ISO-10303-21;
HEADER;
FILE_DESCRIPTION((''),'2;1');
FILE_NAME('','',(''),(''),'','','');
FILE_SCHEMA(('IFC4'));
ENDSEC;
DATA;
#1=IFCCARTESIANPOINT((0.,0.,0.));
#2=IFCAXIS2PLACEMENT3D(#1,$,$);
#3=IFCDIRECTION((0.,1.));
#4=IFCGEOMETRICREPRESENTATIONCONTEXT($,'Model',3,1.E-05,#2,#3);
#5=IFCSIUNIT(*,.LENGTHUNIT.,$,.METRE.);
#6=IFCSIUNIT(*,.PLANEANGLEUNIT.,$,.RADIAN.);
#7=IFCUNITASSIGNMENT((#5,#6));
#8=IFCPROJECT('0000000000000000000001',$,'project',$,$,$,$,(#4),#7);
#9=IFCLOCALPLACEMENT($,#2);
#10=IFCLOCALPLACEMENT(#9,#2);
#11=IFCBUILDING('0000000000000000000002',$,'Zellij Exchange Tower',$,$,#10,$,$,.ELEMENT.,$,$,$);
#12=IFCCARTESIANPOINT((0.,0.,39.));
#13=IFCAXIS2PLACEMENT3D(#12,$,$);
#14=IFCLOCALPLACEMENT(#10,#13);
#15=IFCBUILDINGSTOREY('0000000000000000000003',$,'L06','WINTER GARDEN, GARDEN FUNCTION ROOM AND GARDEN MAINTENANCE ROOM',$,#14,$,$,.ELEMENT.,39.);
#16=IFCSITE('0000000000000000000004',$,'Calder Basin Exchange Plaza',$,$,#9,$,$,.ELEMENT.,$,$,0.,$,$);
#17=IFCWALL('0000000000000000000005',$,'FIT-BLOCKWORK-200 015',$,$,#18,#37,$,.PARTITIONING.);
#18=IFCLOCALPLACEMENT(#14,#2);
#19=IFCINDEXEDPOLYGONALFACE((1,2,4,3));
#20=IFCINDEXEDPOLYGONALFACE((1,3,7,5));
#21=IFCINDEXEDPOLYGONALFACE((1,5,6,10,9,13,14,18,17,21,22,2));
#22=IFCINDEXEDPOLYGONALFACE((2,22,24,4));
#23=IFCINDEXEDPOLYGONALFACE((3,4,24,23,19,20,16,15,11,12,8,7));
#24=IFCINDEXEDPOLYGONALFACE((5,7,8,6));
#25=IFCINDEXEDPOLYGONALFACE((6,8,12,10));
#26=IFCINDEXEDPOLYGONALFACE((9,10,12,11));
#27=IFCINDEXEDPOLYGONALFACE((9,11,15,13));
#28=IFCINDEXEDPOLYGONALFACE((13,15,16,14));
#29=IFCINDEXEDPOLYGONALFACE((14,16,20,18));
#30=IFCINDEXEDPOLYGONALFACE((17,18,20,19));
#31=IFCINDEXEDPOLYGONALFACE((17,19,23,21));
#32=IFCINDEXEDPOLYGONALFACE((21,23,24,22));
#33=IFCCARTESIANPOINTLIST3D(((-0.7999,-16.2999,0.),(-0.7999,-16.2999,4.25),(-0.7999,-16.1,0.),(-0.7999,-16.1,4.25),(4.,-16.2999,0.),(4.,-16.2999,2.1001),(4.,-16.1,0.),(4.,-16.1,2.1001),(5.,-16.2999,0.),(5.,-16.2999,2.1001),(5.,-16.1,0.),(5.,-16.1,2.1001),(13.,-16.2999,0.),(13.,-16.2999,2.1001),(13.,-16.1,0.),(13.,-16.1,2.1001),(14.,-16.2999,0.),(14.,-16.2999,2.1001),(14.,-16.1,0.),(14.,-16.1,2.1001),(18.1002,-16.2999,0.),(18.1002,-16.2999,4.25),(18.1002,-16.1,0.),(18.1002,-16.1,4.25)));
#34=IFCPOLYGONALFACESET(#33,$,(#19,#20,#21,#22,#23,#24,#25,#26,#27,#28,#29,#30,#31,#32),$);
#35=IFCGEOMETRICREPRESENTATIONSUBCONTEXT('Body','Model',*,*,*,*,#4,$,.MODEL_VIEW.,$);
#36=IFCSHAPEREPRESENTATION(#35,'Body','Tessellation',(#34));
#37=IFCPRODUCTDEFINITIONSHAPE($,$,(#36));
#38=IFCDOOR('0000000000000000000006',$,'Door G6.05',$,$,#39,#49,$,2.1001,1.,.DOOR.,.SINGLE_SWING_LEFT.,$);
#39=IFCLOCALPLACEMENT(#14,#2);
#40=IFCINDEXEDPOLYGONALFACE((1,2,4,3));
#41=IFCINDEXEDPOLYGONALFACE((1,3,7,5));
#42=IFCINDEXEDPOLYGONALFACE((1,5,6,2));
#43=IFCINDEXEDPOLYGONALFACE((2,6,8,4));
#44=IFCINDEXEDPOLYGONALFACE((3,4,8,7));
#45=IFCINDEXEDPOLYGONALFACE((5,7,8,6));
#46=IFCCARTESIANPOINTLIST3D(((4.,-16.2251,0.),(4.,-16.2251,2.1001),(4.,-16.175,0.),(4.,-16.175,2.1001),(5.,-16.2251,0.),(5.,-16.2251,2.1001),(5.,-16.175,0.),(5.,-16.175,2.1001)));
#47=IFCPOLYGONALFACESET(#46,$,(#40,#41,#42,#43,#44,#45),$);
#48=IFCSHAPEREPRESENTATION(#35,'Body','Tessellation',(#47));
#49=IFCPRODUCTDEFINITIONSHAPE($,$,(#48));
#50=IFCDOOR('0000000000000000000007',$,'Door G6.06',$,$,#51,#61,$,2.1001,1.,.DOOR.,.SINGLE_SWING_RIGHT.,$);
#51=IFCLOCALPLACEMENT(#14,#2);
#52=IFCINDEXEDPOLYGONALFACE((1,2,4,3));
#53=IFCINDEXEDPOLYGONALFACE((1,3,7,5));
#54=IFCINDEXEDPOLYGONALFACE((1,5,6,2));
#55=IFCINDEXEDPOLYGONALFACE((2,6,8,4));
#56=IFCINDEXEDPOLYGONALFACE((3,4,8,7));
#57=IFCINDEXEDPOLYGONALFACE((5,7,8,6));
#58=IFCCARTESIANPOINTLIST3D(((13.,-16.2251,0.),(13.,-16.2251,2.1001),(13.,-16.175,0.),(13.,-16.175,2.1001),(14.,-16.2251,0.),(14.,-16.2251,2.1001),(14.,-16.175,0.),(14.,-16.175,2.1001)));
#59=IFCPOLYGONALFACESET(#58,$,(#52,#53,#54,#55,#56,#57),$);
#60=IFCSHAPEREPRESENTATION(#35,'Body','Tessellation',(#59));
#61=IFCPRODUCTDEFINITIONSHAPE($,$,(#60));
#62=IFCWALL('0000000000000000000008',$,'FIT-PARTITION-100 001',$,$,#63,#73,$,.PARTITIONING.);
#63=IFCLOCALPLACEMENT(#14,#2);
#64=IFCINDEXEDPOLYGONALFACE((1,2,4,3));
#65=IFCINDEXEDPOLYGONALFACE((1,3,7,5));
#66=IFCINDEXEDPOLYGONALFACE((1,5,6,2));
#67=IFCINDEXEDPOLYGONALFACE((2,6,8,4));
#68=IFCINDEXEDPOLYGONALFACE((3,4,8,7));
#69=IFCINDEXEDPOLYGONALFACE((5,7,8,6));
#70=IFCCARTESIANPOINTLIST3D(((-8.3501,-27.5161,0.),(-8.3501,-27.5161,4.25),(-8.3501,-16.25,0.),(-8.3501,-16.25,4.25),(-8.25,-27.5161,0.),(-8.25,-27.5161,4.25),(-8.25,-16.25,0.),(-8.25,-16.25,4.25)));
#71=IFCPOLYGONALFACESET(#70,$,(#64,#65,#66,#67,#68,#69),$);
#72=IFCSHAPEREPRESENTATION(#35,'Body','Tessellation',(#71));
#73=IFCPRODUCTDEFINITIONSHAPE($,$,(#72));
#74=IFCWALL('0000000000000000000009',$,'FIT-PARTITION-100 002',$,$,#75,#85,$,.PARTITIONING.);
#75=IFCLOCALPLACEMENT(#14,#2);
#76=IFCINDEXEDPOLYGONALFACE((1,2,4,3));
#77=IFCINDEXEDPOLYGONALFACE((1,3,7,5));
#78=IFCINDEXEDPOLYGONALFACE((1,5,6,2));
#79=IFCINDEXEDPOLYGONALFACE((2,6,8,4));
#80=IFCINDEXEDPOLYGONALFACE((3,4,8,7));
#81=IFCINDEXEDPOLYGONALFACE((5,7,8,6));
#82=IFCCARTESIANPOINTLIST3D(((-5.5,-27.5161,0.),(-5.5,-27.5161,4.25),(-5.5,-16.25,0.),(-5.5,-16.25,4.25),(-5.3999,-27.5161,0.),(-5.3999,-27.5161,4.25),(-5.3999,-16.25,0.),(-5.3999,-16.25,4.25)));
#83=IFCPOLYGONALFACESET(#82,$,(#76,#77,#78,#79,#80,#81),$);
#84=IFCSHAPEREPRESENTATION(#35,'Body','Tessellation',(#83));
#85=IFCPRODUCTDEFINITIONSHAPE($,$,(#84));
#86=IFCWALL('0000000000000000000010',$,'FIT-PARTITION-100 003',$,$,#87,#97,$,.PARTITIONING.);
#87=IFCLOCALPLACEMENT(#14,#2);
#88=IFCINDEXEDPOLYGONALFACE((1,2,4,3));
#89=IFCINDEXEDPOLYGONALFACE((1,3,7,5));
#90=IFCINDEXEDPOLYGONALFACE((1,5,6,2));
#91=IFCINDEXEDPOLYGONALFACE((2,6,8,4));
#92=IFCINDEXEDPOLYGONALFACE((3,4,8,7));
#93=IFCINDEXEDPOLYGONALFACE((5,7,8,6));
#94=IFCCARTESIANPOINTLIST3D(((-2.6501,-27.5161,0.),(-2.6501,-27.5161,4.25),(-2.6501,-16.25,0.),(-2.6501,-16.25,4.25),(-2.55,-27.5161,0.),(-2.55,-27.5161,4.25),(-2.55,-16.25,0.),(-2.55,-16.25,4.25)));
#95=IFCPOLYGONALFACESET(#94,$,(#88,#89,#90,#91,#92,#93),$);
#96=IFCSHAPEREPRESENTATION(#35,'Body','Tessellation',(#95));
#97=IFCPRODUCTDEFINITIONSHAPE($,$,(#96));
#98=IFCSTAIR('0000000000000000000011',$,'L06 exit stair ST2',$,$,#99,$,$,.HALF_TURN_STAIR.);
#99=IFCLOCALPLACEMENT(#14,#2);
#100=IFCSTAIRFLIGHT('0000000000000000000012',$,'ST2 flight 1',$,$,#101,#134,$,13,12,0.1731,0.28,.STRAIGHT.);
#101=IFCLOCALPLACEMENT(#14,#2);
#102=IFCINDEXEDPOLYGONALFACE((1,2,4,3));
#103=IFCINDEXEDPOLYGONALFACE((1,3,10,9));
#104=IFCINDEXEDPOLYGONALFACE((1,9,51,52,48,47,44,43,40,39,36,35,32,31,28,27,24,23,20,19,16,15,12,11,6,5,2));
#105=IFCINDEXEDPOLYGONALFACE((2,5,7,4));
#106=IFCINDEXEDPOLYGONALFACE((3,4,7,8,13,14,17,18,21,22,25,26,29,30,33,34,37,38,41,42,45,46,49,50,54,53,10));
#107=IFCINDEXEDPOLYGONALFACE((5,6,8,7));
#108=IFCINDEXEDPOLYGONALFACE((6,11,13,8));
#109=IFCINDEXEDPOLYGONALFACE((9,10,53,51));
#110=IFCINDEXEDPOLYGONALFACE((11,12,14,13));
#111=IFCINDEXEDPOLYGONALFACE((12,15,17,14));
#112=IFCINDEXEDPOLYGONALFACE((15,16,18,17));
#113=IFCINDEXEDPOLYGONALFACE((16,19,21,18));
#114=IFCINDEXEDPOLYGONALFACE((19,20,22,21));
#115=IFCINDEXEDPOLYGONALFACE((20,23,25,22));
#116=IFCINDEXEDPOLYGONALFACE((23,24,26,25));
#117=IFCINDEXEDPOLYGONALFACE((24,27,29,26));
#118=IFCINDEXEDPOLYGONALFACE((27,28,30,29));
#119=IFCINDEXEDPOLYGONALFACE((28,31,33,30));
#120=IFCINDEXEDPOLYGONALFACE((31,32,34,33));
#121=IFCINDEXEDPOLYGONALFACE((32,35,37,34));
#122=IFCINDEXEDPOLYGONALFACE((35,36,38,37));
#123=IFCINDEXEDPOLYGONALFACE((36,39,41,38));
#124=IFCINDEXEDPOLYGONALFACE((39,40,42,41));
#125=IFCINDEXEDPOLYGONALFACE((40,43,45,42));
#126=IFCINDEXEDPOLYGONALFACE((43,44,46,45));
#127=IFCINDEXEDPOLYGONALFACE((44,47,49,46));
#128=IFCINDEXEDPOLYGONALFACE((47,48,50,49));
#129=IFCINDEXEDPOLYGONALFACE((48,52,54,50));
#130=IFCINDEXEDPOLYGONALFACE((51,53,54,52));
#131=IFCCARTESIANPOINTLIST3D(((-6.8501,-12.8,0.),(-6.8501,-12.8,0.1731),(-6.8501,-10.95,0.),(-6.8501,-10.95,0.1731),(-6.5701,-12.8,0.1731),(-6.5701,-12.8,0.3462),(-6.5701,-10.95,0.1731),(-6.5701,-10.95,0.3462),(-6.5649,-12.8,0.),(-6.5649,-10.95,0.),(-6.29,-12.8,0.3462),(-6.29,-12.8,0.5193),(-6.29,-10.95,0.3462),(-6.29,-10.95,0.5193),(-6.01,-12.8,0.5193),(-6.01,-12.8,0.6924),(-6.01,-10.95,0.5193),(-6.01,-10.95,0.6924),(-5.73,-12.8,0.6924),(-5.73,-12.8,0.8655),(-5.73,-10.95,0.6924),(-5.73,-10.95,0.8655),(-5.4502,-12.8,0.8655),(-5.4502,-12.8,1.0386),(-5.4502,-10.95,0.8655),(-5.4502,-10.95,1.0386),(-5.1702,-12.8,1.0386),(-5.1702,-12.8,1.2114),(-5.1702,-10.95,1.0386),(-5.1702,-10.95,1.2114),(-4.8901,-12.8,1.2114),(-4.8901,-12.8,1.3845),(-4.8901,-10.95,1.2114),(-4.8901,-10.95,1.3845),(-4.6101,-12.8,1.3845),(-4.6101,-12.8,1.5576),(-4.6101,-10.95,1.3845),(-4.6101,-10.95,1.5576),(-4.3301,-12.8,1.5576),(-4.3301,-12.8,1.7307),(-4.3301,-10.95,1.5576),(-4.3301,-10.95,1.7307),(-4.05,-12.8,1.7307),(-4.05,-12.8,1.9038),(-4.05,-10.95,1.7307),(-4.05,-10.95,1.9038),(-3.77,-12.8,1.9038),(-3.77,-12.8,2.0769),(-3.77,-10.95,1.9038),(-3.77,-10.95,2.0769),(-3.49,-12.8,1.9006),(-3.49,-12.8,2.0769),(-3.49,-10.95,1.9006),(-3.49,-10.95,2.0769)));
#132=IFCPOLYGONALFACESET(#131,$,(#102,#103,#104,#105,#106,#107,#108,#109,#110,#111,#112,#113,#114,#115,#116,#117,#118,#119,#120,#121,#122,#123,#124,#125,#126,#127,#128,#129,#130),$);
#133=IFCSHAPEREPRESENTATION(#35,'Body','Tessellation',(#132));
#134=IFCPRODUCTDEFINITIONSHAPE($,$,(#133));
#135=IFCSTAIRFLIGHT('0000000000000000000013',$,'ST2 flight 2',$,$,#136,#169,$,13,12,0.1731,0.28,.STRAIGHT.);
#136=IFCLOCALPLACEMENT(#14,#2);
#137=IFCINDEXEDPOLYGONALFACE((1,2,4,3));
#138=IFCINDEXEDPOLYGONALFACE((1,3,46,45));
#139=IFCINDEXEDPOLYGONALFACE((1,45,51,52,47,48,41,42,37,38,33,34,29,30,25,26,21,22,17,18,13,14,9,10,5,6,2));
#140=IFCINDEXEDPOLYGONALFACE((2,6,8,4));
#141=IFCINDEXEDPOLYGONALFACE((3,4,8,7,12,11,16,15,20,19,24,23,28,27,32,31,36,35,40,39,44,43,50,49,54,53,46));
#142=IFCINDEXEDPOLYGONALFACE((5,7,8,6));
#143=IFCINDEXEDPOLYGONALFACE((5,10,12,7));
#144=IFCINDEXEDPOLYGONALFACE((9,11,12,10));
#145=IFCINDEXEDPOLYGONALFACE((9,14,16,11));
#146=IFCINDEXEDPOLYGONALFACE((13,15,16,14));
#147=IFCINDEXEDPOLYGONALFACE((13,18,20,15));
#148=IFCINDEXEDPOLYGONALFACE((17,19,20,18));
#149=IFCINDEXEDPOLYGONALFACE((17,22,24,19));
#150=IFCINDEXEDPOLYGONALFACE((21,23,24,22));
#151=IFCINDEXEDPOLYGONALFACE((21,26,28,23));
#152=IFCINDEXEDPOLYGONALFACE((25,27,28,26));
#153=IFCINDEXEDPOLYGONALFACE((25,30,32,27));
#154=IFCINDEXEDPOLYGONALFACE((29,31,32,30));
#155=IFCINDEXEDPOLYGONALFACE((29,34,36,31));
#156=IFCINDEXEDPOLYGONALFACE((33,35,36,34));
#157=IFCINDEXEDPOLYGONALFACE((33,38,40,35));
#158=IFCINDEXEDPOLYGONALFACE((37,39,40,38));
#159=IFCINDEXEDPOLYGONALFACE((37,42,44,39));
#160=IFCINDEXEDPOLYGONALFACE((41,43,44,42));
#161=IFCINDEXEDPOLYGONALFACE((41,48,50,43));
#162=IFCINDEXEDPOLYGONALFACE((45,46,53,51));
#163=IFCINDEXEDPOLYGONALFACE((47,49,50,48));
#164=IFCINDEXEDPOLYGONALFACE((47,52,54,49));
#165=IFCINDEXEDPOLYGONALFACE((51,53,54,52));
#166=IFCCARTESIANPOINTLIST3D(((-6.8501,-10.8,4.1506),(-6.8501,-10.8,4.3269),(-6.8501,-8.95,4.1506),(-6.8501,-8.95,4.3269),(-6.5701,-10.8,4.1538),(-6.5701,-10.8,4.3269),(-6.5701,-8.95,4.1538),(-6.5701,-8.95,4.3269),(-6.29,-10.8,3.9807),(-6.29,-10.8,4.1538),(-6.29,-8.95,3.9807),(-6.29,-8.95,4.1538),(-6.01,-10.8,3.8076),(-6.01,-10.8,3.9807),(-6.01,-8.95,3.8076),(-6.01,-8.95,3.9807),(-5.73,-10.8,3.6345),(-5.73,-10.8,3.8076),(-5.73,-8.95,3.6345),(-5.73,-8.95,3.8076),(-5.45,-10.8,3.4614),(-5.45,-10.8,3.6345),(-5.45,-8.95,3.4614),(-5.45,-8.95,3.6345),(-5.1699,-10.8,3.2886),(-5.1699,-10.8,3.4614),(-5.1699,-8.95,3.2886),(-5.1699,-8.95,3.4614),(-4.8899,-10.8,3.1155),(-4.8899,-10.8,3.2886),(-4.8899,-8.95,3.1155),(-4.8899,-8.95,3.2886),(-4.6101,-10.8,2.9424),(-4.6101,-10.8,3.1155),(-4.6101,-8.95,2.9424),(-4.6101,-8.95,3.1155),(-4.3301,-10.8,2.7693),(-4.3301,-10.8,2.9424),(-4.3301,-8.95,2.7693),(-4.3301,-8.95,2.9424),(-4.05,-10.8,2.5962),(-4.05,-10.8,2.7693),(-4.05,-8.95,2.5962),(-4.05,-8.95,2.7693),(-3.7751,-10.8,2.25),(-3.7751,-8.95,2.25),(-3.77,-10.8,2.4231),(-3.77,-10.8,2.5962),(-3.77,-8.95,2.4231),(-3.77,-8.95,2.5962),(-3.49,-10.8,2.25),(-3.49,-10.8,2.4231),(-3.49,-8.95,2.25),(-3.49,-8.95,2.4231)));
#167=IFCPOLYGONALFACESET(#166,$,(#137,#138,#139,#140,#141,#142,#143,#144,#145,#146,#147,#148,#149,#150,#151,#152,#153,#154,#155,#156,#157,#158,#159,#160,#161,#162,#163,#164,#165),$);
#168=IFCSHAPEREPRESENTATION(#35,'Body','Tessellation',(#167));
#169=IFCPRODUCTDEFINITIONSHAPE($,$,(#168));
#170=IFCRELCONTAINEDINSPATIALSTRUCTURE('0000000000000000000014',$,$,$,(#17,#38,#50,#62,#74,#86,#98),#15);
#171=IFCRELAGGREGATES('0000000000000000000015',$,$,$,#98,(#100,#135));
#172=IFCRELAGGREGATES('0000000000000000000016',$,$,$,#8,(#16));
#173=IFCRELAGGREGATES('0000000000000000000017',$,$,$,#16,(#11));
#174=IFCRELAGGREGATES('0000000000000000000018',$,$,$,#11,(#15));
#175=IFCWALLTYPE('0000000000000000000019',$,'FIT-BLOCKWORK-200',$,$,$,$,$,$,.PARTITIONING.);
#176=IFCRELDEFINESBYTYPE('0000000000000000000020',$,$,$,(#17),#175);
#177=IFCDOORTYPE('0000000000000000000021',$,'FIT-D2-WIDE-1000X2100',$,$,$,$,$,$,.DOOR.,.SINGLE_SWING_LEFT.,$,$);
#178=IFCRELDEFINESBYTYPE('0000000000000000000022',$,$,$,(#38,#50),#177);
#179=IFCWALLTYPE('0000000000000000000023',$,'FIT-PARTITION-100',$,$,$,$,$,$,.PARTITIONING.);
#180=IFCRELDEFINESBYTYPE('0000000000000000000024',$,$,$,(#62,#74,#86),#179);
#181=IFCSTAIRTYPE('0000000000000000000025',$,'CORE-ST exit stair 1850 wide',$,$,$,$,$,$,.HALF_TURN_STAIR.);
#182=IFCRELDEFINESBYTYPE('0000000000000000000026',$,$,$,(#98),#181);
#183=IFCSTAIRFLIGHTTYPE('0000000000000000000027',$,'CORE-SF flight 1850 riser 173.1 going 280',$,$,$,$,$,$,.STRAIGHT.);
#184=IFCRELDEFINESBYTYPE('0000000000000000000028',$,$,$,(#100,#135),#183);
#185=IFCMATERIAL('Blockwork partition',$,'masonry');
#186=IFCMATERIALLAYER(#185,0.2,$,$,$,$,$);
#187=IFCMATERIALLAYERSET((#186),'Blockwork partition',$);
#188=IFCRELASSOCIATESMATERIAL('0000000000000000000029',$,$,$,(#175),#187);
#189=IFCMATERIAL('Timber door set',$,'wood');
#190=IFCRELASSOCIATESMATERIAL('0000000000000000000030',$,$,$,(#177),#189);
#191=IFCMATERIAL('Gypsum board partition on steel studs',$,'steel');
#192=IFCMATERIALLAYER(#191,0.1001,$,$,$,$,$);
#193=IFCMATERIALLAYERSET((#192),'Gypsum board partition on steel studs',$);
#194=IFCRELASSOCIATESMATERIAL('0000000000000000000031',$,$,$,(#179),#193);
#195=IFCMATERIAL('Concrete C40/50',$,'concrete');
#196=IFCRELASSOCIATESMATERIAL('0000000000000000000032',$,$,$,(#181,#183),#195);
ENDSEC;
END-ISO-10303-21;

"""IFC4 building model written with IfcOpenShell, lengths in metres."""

from ifc_helpers import new_model, si_unit, direction, frame, frame_2d, origin, place, context, subcontext, project, spatial, polyline, rectangle, outline, extrude, material, layer, layer_set, type_object, element, fill, aggregate, save


model = new_model("IFC4")

# Units and contexts
model_context = context("Model", 3, precision=1e-05, world=origin(), true_north=direction((0.0, 1.0)))
body_context = subcontext(model_context, "Body", "Model", "MODEL_VIEW")
ifc_project = project(units=[si_unit("LENGTHUNIT", "METRE"), si_unit("PLANEANGLEUNIT", "RADIAN")], contexts=[model_context])

# Site, building, storey
site_placement = place(None, origin())
site = spatial("IfcSite", under=ifc_project, at=site_placement, Name="Calder Basin Exchange Plaza", CompositionType="ELEMENT", RefElevation=0.0)
building_placement = place(site_placement, origin())
building = spatial("IfcBuilding", under=site, at=building_placement, Name="Zellij Exchange Tower", CompositionType="ELEMENT")
storey_placement = place(building_placement, frame((0.0, 0.0, 39.0)))
storey = spatial("IfcBuildingStorey", under=building, at=storey_placement, Name="L06", Description="WINTER GARDEN, GARDEN FUNCTION ROOM AND GARDEN MAINTENANCE ROOM", CompositionType="ELEMENT", Elevation=39.0)

# Shared definitions
ifc_material_1 = material(Name="Blockwork partition", Category="masonry")
ifc_layer_1 = layer(ifc_material_1, 0.2)
ifc_layer_set_1 = layer_set([ifc_layer_1], Name="Blockwork partition")
wall_type_1 = type_object("IfcWallType", Name="FIT-BLOCKWORK-200", PredefinedType="PARTITIONING", material=ifc_layer_set_1)

# Wall, openings, doors
wall_1_placement = place(storey_placement, frame((-0.8, -16.2, 0.0), z_axis=(0.0, 0.0, 1.0), x_axis=(1.0, 0.0, 0.0)))
wall_1 = element("IfcWall", 1, at=wall_1_placement, inside=storey, type_object=wall_type_1, Name="FIT-BLOCKWORK-200 015", PredefinedType="PARTITIONING", context=body_context, shape_type="SweptSolid", body=[
    extrude(rectangle(XDim=18.9001, YDim=0.2, at=frame_2d((9.4502, 0.0))), origin(), (0.0, 0.0, 1.0), 4.25),
])
opening_1_placement = place(wall_1_placement, frame((4.8, 0.0, 0.0)))
opening_1 = element("IfcOpeningElement", 2, at=opening_1_placement, cuts=wall_1, PredefinedType="OPENING", context=body_context, shape_type="SweptSolid", body=[
    extrude(rectangle(XDim=1.0, YDim=2.1001, at=frame_2d((0.5, 1.05))), frame((0.0, 0.1118, 0.0), z_axis=(0.0, -1.0, 0.0), x_axis=(1.0, 0.0, 0.0)), (0.0, 0.0, 1.0), 0.2239),
])
opening_2_placement = place(wall_1_placement, frame((13.8, 0.0, 0.0)))
opening_2 = element("IfcOpeningElement", 3, at=opening_2_placement, cuts=wall_1, PredefinedType="OPENING", context=body_context, shape_type="SweptSolid", body=[
    extrude(rectangle(XDim=1.0, YDim=2.1001, at=frame_2d((0.5, 1.05))), frame((0.0, 0.1118, 0.0), z_axis=(0.0, -1.0, 0.0), x_axis=(1.0, 0.0, 0.0)), (0.0, 0.0, 1.0), 0.2239),
])
ifc_material_2 = material(Name="Timber door set", Category="wood")
door_type_1 = type_object("IfcDoorType", Name="FIT-D2-WIDE-1000X2100", OperationType="SINGLE_SWING_LEFT", PredefinedType="DOOR", material=ifc_material_2)
door_1_placement = place(opening_1_placement, origin())
door_1 = element("IfcDoor", 4, at=door_1_placement, inside=storey, type_object=door_type_1, Name="Door G6.05", OperationType="SINGLE_SWING_LEFT", OverallHeight=2.1001, OverallWidth=1.0, PredefinedType="DOOR", context=body_context, shape_type="SweptSolid", body=[
    extrude(rectangle(XDim=1.0, YDim=2.1001, at=frame_2d((0.5, 1.05))), frame((0.0, 0.0249, 0.0), z_axis=(0.0, -1.0, 0.0), x_axis=(1.0, 0.0, 0.0)), (0.0, 0.0, 1.0), 0.05),
])
fill(opening_1, door_1)
door_2_placement = place(opening_2_placement, origin())
door_2 = element("IfcDoor", 5, at=door_2_placement, inside=storey, type_object=door_type_1, Name="Door G6.06", OperationType="SINGLE_SWING_RIGHT", OverallHeight=2.1001, OverallWidth=1.0, PredefinedType="DOOR", context=body_context, shape_type="SweptSolid", body=[
    extrude(rectangle(XDim=1.0, YDim=2.1001, at=frame_2d((0.5, 1.05))), frame((0.0, 0.0249, 0.0), z_axis=(0.0, -1.0, 0.0), x_axis=(1.0, 0.0, 0.0)), (0.0, 0.0, 1.0), 0.05),
])
fill(opening_2, door_2)

# Walls
ifc_material_3 = material(Name="Gypsum board partition on steel studs", Category="steel")
ifc_layer_2 = layer(ifc_material_3, 0.1001)
ifc_layer_set_2 = layer_set([ifc_layer_2], Name="Gypsum board partition on steel studs")
wall_type_2 = type_object("IfcWallType", Name="FIT-PARTITION-100", PredefinedType="PARTITIONING", material=ifc_layer_set_2)
for number, where, z_axis, x_axis, name in (
    (6, (-8.3, -27.5161, 0.0), (0.0, 0.0, 1.0), (0.0, 1.0, 0.0), "FIT-PARTITION-100 001"),
    (7, (-5.45, -27.5161, 0.0), (0.0, 0.0, 1.0), (0.0, 1.0, 0.0), "FIT-PARTITION-100 002"),
    (8, (-2.6001, -27.5161, 0.0), (0.0, 0.0, 1.0), (0.0, 1.0, 0.0), "FIT-PARTITION-100 003"),
):
    element("IfcWall", number, at=place(storey_placement, frame(where, z_axis=z_axis, x_axis=x_axis)), inside=storey, type_object=wall_type_2, Name=name, PredefinedType="PARTITIONING", context=body_context, shape_type="SweptSolid", body=[
        extrude(rectangle(XDim=11.2661, YDim=0.1001, at=frame_2d((5.6331, 0.0))), origin(), (0.0, 0.0, 1.0), 4.25),
    ])

# Stair, stair flights
ifc_material_4 = material(Name="Concrete C40/50", Category="concrete")
stair_type = type_object("IfcStairType", Name="CORE-ST exit stair 1850 wide", PredefinedType="HALF_TURN_STAIR", material=ifc_material_4)
stair_placement = place(storey_placement, origin())
stair = element("IfcStair", 9, at=stair_placement, inside=storey, type_object=stair_type, Name="L06 exit stair ST2", PredefinedType="HALF_TURN_STAIR")
stair_flight_type = type_object("IfcStairFlightType", Name="CORE-SF flight 1850 riser 173.1 going 280", PredefinedType="STRAIGHT", material=ifc_material_4)
stair_flight_1_placement = place(storey_placement, frame((-6.8501, -11.875, 0.0), z_axis=(0.0, 0.0, 1.0), x_axis=(1.0, 0.0, 0.0)))
stair_flight_1 = element("IfcStairFlight", 10, at=stair_flight_1_placement, type_object=stair_flight_type, Name="ST2 flight 1", NumberOfRisers=13, NumberOfTreads=12, PredefinedType="STRAIGHT", RiserHeight=0.1731, TreadLength=0.28, context=body_context, shape_type="SweptSolid", body=[
    extrude(outline(polyline([(0.0, 0.0), (0.0, 0.1731), (0.28, 0.1731), (0.28, 0.3462), (0.5601, 0.3462), (0.5601, 0.5193), (0.8401, 0.5193), (0.8401, 0.6924), (1.1201, 0.6924), (1.1201, 0.8655), (1.3999, 0.8655), (1.3999, 1.0386), (1.6799, 1.0386), (1.6799, 1.2114), (1.96, 1.2114), (1.96, 1.3845), (2.24, 1.3845), (2.24, 1.5576), (2.52, 1.5576), (2.52, 1.7307), (2.8, 1.7307), (2.8, 1.9038), (3.0801, 1.9038), (3.0801, 2.0769), (3.3601, 2.0769), (3.3601, 2.25), (3.3601, 1.9006), (0.2852, 0.0), (0.0, 0.0)])), frame((0.0, 0.925, 0.0), z_axis=(0.0, -1.0, 0.0), x_axis=(1.0, 0.0, 0.0)), (0.0, 0.0, 1.0), 1.8501),
])
stair_flight_2_placement = place(storey_placement, frame((-3.49, -9.875, 2.25), z_axis=(0.0, 0.0, 1.0), x_axis=(-1.0, 0.0, 0.0)))
stair_flight_2 = element("IfcStairFlight", 11, at=stair_flight_2_placement, type_object=stair_flight_type, Name="ST2 flight 2", NumberOfRisers=13, NumberOfTreads=12, PredefinedType="STRAIGHT", RiserHeight=0.1731, TreadLength=0.28, context=body_context, shape_type="SweptSolid", body=[
    extrude(outline(polyline([(0.0, 0.0), (0.0, 0.1731), (0.28, 0.1731), (0.28, 0.3462), (0.5601, 0.3462), (0.5601, 0.5193), (0.8401, 0.5193), (0.8401, 0.6924), (1.1201, 0.6924), (1.1201, 0.8655), (1.3999, 0.8655), (1.3999, 1.0386), (1.6799, 1.0386), (1.6799, 1.2114), (1.96, 1.2114), (1.96, 1.3845), (2.24, 1.3845), (2.24, 1.5576), (2.52, 1.5576), (2.52, 1.7307), (2.8, 1.7307), (2.8, 1.9038), (3.0801, 1.9038), (3.0801, 2.0769), (3.3601, 2.0769), (3.3601, 2.25), (3.3601, 1.9006), (0.2852, 0.0), (0.0, 0.0)])), frame((0.0, 0.925, 0.0), z_axis=(0.0, -1.0, 0.0), x_axis=(1.0, 0.0, 0.0)), (0.0, 0.0, 1.0), 1.8501),
])
aggregate(stair, [stair_flight_1, stair_flight_2])

save(model, "model.ifc")
